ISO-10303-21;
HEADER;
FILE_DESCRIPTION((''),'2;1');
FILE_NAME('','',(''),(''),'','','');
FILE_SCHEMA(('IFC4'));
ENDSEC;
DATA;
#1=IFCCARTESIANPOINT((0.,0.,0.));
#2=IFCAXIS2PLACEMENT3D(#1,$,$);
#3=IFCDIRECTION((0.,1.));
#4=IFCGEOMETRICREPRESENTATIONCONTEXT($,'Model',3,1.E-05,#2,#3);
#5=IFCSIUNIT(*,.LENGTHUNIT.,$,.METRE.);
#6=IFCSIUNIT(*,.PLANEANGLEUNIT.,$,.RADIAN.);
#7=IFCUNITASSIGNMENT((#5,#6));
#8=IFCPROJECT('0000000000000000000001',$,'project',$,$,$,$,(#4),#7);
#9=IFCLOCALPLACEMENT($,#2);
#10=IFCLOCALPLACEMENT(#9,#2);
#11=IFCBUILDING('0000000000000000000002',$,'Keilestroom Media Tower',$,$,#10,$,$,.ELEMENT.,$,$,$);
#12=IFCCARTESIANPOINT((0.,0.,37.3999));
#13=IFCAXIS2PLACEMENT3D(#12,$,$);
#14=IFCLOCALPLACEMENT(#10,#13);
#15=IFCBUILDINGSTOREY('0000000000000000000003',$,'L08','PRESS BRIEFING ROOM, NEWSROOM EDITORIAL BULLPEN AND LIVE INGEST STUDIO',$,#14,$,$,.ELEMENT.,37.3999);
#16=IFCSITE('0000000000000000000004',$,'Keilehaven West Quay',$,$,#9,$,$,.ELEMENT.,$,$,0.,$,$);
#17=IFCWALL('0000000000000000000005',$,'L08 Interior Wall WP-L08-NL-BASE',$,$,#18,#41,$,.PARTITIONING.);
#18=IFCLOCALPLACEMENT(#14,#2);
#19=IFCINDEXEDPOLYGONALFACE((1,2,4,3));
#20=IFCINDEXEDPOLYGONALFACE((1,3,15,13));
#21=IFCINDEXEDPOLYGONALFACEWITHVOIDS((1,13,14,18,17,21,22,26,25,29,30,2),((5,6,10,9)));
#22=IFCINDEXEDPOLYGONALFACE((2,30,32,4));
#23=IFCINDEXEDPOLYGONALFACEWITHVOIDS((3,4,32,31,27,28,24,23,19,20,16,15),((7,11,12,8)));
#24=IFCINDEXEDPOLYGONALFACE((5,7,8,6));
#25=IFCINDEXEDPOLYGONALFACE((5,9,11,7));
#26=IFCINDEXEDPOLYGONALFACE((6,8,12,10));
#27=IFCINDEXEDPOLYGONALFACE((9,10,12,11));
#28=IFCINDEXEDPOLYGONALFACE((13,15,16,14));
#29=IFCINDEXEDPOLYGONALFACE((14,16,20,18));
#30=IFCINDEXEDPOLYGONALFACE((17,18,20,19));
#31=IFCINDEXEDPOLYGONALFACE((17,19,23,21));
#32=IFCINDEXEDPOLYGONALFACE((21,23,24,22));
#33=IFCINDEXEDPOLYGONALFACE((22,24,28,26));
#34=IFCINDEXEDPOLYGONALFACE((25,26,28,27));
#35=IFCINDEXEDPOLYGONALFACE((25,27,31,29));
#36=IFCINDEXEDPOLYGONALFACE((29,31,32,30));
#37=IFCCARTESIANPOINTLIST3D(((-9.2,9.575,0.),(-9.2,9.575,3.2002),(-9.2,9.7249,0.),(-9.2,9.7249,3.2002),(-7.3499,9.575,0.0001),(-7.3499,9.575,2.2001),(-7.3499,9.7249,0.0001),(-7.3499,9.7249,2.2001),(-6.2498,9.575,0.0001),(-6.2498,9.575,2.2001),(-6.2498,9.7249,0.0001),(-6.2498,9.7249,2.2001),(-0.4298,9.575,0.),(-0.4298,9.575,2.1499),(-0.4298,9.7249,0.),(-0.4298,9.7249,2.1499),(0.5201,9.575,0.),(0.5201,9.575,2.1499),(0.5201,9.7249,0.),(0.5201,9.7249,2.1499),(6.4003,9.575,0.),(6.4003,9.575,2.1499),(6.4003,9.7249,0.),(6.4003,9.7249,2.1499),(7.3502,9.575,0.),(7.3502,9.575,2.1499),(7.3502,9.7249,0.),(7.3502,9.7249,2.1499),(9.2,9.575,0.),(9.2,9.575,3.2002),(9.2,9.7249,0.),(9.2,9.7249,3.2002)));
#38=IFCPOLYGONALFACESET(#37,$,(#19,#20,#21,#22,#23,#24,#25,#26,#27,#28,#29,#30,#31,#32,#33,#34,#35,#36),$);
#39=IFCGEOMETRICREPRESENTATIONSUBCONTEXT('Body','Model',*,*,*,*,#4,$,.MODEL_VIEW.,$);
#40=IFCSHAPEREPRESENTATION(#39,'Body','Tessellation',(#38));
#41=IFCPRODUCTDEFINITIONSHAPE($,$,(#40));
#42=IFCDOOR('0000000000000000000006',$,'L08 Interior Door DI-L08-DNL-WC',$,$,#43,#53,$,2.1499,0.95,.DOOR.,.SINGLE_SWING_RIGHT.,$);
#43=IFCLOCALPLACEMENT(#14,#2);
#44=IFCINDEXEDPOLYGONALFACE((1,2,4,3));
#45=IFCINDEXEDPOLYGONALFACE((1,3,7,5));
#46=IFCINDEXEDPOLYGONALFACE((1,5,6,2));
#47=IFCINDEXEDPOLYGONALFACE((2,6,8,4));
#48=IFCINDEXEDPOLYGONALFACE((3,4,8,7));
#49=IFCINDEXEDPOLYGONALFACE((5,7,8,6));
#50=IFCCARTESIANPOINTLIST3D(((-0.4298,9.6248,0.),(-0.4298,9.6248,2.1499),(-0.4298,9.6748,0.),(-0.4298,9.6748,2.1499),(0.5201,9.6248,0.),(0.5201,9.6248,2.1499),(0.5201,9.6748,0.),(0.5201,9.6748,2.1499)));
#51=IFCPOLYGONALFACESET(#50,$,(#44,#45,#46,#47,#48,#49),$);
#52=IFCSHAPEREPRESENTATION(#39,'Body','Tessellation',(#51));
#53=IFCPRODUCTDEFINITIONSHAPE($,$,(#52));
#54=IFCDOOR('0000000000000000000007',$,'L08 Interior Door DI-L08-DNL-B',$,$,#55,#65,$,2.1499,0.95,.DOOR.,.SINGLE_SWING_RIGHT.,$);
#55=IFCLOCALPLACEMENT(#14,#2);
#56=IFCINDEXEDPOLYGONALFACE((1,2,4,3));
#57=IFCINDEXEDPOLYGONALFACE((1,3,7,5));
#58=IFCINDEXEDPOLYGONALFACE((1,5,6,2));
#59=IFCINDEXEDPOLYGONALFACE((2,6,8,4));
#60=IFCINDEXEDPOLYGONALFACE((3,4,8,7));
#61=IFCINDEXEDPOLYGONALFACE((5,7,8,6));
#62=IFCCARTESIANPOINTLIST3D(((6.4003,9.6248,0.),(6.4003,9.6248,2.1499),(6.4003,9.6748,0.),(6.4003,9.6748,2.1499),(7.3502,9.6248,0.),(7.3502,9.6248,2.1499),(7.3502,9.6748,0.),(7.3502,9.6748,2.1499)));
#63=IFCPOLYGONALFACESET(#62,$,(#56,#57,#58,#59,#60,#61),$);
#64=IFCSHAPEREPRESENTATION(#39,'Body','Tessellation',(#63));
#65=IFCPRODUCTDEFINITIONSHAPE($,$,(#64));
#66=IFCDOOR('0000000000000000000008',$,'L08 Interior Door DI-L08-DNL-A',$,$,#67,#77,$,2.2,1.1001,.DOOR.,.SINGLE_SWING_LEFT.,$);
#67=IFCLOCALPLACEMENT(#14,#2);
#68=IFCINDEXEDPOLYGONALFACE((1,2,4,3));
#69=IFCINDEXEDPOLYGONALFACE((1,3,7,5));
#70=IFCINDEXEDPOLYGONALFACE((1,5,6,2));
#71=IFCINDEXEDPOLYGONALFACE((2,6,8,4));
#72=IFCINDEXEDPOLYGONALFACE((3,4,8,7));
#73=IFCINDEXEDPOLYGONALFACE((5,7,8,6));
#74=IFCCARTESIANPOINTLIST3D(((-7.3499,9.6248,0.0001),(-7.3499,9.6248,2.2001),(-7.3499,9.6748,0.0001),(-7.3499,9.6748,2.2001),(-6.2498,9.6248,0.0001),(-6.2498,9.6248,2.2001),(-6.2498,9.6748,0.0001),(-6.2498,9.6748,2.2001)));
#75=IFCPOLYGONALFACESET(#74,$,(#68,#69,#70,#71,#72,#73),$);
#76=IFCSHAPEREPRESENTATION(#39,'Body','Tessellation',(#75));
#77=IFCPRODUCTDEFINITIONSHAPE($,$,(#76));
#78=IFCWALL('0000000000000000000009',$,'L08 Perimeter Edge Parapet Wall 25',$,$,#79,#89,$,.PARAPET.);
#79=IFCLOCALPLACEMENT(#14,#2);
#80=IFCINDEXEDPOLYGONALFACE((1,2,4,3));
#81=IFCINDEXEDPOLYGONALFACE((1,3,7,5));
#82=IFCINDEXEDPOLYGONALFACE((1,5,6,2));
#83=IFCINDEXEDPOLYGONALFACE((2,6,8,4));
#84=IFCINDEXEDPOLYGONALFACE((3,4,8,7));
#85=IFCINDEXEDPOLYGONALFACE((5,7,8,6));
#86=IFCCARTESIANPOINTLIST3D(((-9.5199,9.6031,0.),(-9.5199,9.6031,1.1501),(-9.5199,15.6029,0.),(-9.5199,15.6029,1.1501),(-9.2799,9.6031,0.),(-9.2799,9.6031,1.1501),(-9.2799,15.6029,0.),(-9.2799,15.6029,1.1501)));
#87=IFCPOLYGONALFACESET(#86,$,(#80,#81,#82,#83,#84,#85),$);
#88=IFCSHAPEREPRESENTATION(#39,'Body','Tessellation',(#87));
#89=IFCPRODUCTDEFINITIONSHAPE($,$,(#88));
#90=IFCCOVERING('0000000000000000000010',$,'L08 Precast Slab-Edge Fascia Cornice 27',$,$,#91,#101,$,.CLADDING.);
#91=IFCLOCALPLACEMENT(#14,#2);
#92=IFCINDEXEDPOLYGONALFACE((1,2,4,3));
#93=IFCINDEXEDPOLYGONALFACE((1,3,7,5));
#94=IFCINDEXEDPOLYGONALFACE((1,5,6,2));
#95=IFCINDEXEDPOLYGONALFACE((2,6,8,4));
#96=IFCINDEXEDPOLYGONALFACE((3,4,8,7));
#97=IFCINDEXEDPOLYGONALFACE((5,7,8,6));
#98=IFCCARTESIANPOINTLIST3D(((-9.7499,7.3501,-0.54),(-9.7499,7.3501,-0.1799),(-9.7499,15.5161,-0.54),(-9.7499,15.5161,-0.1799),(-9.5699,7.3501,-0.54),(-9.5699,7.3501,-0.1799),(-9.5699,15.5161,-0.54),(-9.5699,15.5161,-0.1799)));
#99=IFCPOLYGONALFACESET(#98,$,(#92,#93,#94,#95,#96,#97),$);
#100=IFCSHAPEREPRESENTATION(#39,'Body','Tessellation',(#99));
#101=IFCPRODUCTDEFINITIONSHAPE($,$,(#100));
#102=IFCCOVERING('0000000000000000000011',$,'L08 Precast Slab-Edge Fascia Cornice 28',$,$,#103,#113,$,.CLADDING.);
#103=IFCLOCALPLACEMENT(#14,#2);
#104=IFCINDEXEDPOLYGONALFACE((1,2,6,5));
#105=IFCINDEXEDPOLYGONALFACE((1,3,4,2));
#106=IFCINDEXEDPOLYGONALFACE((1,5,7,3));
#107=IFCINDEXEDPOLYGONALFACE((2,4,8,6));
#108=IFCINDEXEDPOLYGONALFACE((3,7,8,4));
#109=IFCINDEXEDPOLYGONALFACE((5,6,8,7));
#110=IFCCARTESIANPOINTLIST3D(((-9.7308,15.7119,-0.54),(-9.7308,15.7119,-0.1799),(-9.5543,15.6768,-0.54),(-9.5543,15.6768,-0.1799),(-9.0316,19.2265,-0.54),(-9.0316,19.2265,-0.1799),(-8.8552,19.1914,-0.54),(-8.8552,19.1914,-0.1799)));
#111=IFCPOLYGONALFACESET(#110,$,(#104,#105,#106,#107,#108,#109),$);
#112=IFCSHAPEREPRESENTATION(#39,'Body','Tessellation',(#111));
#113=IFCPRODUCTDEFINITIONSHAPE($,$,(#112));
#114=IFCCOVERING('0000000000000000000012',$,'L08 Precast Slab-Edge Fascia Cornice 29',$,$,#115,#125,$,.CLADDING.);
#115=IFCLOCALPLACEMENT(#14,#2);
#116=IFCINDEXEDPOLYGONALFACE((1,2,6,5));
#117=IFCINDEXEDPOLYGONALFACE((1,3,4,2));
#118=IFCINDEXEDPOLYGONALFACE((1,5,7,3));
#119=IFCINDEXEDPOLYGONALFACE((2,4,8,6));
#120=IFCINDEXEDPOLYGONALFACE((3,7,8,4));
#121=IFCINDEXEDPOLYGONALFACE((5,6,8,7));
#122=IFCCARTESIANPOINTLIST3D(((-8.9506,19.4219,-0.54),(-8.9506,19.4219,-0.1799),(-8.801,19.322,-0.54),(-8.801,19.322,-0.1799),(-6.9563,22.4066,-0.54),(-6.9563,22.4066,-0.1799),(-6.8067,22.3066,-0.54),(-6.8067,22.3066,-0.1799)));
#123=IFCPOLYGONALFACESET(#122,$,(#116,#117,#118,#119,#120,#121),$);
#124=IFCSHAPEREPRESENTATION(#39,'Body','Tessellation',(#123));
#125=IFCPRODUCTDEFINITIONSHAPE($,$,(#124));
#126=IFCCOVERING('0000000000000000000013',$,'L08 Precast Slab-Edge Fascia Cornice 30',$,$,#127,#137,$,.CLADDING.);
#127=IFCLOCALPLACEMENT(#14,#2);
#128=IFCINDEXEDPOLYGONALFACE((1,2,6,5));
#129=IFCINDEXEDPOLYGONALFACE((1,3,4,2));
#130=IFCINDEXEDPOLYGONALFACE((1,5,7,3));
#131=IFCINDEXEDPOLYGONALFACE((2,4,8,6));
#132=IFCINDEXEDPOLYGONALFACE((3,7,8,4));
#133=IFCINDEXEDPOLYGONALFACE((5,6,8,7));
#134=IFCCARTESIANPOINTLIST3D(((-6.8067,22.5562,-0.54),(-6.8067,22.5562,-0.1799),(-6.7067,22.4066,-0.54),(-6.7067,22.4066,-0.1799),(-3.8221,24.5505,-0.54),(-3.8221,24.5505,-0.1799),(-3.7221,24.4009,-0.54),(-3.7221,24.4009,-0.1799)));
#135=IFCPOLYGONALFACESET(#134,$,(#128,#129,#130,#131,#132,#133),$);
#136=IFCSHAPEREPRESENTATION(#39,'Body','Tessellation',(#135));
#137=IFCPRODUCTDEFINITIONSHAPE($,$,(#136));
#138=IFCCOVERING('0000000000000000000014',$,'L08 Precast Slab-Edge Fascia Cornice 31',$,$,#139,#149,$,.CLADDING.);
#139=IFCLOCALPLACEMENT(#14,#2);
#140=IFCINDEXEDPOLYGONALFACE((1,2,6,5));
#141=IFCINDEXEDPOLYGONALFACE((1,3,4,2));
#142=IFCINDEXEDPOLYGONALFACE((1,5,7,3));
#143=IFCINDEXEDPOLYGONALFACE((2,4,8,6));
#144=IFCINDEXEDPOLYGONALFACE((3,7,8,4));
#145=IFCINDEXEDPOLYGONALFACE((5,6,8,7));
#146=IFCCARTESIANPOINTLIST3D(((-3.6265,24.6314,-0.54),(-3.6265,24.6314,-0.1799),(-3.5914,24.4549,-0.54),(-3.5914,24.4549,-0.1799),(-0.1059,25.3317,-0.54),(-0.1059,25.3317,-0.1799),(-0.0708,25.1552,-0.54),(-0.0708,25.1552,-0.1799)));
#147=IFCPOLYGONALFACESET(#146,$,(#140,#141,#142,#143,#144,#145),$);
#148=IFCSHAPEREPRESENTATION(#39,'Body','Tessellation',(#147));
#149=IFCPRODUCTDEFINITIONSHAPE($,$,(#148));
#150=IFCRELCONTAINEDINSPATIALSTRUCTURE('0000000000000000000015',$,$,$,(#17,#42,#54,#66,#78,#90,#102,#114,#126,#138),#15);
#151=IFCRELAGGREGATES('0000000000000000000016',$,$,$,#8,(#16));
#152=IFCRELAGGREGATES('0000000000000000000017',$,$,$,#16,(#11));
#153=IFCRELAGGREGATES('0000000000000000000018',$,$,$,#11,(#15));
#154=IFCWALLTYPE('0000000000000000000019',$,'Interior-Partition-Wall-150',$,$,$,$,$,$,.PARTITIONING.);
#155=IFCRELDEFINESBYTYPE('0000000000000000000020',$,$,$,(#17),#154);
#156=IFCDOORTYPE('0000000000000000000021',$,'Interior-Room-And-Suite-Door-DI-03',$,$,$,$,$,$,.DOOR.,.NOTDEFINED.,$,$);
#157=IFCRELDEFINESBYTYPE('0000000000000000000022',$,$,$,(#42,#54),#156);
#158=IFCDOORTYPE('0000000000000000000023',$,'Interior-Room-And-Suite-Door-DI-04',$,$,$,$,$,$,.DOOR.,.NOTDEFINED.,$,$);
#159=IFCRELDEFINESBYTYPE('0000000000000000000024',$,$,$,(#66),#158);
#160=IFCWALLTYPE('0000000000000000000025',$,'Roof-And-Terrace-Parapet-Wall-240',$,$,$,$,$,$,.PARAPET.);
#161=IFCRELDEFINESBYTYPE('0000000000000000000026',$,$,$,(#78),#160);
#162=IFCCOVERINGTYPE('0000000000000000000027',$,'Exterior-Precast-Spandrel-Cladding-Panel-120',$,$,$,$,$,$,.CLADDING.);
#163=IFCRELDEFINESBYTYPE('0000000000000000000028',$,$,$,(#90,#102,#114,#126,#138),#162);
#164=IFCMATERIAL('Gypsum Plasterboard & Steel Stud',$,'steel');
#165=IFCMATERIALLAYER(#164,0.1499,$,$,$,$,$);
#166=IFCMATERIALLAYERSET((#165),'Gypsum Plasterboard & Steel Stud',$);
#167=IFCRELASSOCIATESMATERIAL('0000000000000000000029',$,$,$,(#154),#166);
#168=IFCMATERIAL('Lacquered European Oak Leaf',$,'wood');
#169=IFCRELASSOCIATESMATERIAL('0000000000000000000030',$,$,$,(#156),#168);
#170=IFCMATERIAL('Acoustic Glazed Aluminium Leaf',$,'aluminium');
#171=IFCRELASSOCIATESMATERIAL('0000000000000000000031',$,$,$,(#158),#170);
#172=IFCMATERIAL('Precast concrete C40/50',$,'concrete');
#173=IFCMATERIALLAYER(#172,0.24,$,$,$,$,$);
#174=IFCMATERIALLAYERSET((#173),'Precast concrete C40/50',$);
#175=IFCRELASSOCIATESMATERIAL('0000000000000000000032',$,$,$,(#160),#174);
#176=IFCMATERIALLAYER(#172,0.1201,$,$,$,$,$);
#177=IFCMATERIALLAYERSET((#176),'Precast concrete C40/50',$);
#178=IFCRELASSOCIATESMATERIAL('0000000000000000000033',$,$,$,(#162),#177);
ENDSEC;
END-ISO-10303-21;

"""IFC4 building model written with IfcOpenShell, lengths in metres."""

from ifc_helpers import new_model, si_unit, direction, frame, frame_2d, origin, origin_2d, place, context, subcontext, project, spatial, rectangle, extrude, source, transform, mapped, material, layer, layer_set, type_object, element, fill, save


model = new_model("IFC4")

# Units and contexts
model_context = context("Model", 3, precision=1e-05, world=origin(), true_north=direction((0.0, 1.0)))
body_context = subcontext(model_context, "Body", "Model", "MODEL_VIEW")
ifc_project = project(units=[si_unit("LENGTHUNIT", "METRE"), si_unit("PLANEANGLEUNIT", "RADIAN")], contexts=[model_context])

# Site, building, storey
site_placement = place(None, origin())
site = spatial("IfcSite", under=ifc_project, at=site_placement, Name="Keilehaven West Quay", CompositionType="ELEMENT", RefElevation=0.0)
building_placement = place(site_placement, origin())
building = spatial("IfcBuilding", under=site, at=building_placement, Name="Keilestroom Media Tower", CompositionType="ELEMENT")
storey_placement = place(building_placement, frame((0.0, 0.0, 37.3999)))
storey = spatial("IfcBuildingStorey", under=building, at=storey_placement, Name="L08", Description="PRESS BRIEFING ROOM, NEWSROOM EDITORIAL BULLPEN AND LIVE INGEST STUDIO", CompositionType="ELEMENT", Elevation=37.3999)

# Shared definitions
ifc_material_1 = material(Name="Precast concrete C40/50", Category="concrete")
ifc_material_2 = material(Name="Gypsum Plasterboard & Steel Stud", Category="steel")

# Wall, openings, doors
ifc_layer_1 = layer(ifc_material_2, 0.1499)
ifc_layer_set_1 = layer_set([ifc_layer_1], Name="Gypsum Plasterboard & Steel Stud")
wall_type_1 = type_object("IfcWallType", Name="Interior-Partition-Wall-150", PredefinedType="PARTITIONING", material=ifc_layer_set_1)
wall_1_placement = place(storey_placement, frame((-9.2, 9.6499, 0.0), z_axis=(0.0, 0.0, 1.0), x_axis=(1.0, 0.0, 0.0)))
wall_1 = element("IfcWall", 1, at=wall_1_placement, inside=storey, type_object=wall_type_1, Name="L08 Interior Wall WP-L08-NL-BASE", PredefinedType="PARTITIONING", context=body_context, shape_type="SweptSolid", body=[
    extrude(rectangle(XDim=18.3999, YDim=0.1499, at=frame_2d((9.2, 0.0))), origin(), (0.0, 0.0, 1.0), 3.2002),
])
opening_1_placement = place(wall_1_placement, frame((8.77, 0.0, 0.0)))
opening_1 = element("IfcOpeningElement", 2, at=opening_1_placement, cuts=wall_1, PredefinedType="OPENING", context=body_context, shape_type="SweptSolid", body=[
    extrude(rectangle(XDim=0.95, YDim=2.1499, at=frame_2d((0.4751, 1.075))), frame((0.0, 0.085, 0.0), z_axis=(0.0, -1.0, 0.0), x_axis=(1.0, 0.0, 0.0)), (0.0, 0.0, 1.0), 0.1699),
])
opening_2_placement = place(wall_1_placement, frame((1.8501, 0.0, 0.0)))
opening_2 = element("IfcOpeningElement", 3, at=opening_2_placement, cuts=wall_1, PredefinedType="OPENING", context=body_context, shape_type="SweptSolid", body=[
    extrude(rectangle(XDim=1.1001, YDim=2.2, at=frame_2d((0.55, 1.1001))), frame((0.0, 0.085, 0.0), z_axis=(0.0, -1.0, 0.0), x_axis=(1.0, 0.0, 0.0)), (0.0, 0.0, 1.0), 0.1699),
])
opening_3_placement = place(wall_1_placement, frame((15.6001, 0.0, 0.0)))
opening_3 = element("IfcOpeningElement", 4, at=opening_3_placement, cuts=wall_1, PredefinedType="OPENING", context=body_context, shape_type="SweptSolid", body=[
    extrude(rectangle(XDim=0.95, YDim=2.1499, at=frame_2d((0.4751, 1.075))), frame((0.0, 0.085, 0.0), z_axis=(0.0, -1.0, 0.0), x_axis=(1.0, 0.0, 0.0)), (0.0, 0.0, 1.0), 0.1699),
])
ifc_material_3 = material(Name="Lacquered European Oak Leaf", Category="wood")
door_type_1 = type_object("IfcDoorType", Name="Interior-Room-And-Suite-Door-DI-03", OperationType="NOTDEFINED", PredefinedType="DOOR", material=ifc_material_3)
shared_shape_1 = source(origin(), body_context, "Body", "SweptSolid", [
    extrude(rectangle(XDim=0.95, YDim=2.1499, at=frame_2d((0.4751, 1.075))), frame((0.0, 0.0249, 0.0), z_axis=(0.0, -1.0, 0.0), x_axis=(1.0, 0.0, 0.0)), (0.0, 0.0, 1.0), 0.05),
])
door_1_placement = place(opening_1_placement, origin())
door_1 = element("IfcDoor", 5, at=door_1_placement, inside=storey, type_object=door_type_1, Name="L08 Interior Door DI-L08-DNL-WC", OperationType="SINGLE_SWING_RIGHT", OverallHeight=2.1499, OverallWidth=0.95, PredefinedType="DOOR", context=body_context, shape_type="MappedRepresentation", body=[
    mapped(shared_shape_1, transform((0.0, 0.0, 0.0), x_axis=(1.0, 0.0, 0.0), y_axis=(0.0, 1.0, 0.0), z_axis=(0.0, 0.0, 1.0), scale=1.0)),
])
fill(opening_1, door_1)
door_2_placement = place(opening_3_placement, origin())
door_2 = element("IfcDoor", 6, at=door_2_placement, inside=storey, type_object=door_type_1, Name="L08 Interior Door DI-L08-DNL-B", OperationType="SINGLE_SWING_RIGHT", OverallHeight=2.1499, OverallWidth=0.95, PredefinedType="DOOR", context=body_context, shape_type="MappedRepresentation", body=[
    mapped(shared_shape_1, transform((0.0, 0.0, 0.0), x_axis=(1.0, 0.0, 0.0), y_axis=(0.0, 1.0, 0.0), z_axis=(0.0, 0.0, 1.0), scale=1.0)),
])
fill(opening_3, door_2)
ifc_material_4 = material(Name="Acoustic Glazed Aluminium Leaf", Category="aluminium")
door_type_2 = type_object("IfcDoorType", Name="Interior-Room-And-Suite-Door-DI-04", OperationType="NOTDEFINED", PredefinedType="DOOR", material=ifc_material_4)
shared_shape_2 = source(origin(), body_context, "Body", "SweptSolid", [
    extrude(rectangle(XDim=1.1001, YDim=2.2, at=frame_2d((0.55, 1.1001))), frame((0.0, 0.0249, 0.0), z_axis=(0.0, -1.0, 0.0), x_axis=(1.0, 0.0, 0.0)), (0.0, 0.0, 1.0), 0.05),
])
door_3_placement = place(opening_2_placement, origin())
door_3 = element("IfcDoor", 7, at=door_3_placement, inside=storey, type_object=door_type_2, Name="L08 Interior Door DI-L08-DNL-A", OperationType="SINGLE_SWING_LEFT", OverallHeight=2.2, OverallWidth=1.1001, PredefinedType="DOOR", context=body_context, shape_type="MappedRepresentation", body=[
    mapped(shared_shape_2, transform((0.0, 0.0, 0.0), x_axis=(1.0, 0.0, 0.0), y_axis=(0.0, 1.0, 0.0), z_axis=(0.0, 0.0, 1.0), scale=1.0)),
])
fill(opening_2, door_3)

# Wall
ifc_layer_2 = layer(ifc_material_1, 0.24)
ifc_layer_set_2 = layer_set([ifc_layer_2], Name="Precast concrete C40/50")
wall_type_2 = type_object("IfcWallType", Name="Roof-And-Terrace-Parapet-Wall-240", PredefinedType="PARAPET", material=ifc_layer_set_2)
wall_2_placement = place(storey_placement, frame((-9.3999, 9.603, 0.0), z_axis=(0.0, 0.0, 1.0), x_axis=(0.0, 1.0, 0.0)))
element("IfcWall", 8, at=wall_2_placement, inside=storey, type_object=wall_type_2, Name="L08 Perimeter Edge Parapet Wall 25", PredefinedType="PARAPET", context=body_context, shape_type="SweptSolid", body=[
    extrude(rectangle(XDim=5.9998, YDim=0.24, at=frame_2d((3.0, 0.0))), origin(), (0.0, 0.0, 1.0), 1.1501),
])

# Coverings
ifc_layer_3 = layer(ifc_material_1, 0.1201)
ifc_layer_set_3 = layer_set([ifc_layer_3], Name="Precast concrete C40/50")
covering_type = type_object("IfcCoveringType", Name="Exterior-Precast-Spandrel-Cladding-Panel-120", PredefinedType="CLADDING", material=ifc_layer_set_3)
shared_shape_3 = source(origin(), body_context, "Body", "SweptSolid", [
    extrude(rectangle(XDim=8.166, YDim=0.1799, at=origin_2d()), origin(), (0.0, 0.0, 1.0), 0.3601),
])
covering_1_placement = place(storey_placement, frame((-9.6599, 11.4331, -0.54), z_axis=(0.0, 0.0, 1.0), x_axis=(0.0, 1.0, 0.0)))
element("IfcCovering", 9, at=covering_1_placement, inside=storey, type_object=covering_type, Name="L08 Precast Slab-Edge Fascia Cornice 27", PredefinedType="CLADDING", context=body_context, shape_type="MappedRepresentation", body=[
    mapped(shared_shape_3, transform((0.0, 0.0, 0.0), x_axis=(1.0, 0.0, 0.0), y_axis=(0.0, 1.0, 0.0), z_axis=(0.0, 0.0, 1.0), scale=1.0)),
])
shared_shape_4 = source(origin(), body_context, "Body", "SweptSolid", [
    extrude(rectangle(XDim=3.5835, YDim=0.1799, at=origin_2d()), origin(), (0.0, 0.0, 1.0), 0.3601),
])
covering_2_placement = place(storey_placement, frame((-9.293, 17.4517, -0.54), z_axis=(0.0, 0.0, 1.0), x_axis=(0.195099, 0.980784, 0.0)))
element("IfcCovering", 10, at=covering_2_placement, inside=storey, type_object=covering_type, Name="L08 Precast Slab-Edge Fascia Cornice 28", PredefinedType="CLADDING", context=body_context, shape_type="MappedRepresentation", body=[
    mapped(shared_shape_4, transform((0.0, 0.0, 0.0), x_axis=(1.0, 0.0, 0.0), y_axis=(0.0, 1.0, 0.0), z_axis=(0.0, 0.0, 1.0), scale=1.0)),
])
shared_shape_5 = source(origin(), body_context, "Body", "SweptSolid", [
    extrude(rectangle(XDim=3.5896, YDim=0.1799, at=origin_2d()), origin(), (0.0, 0.0, 1.0), 0.3601),
])
for number, where, z_axis, x_axis, name in (
    (11, (-7.8787, 20.8643, -0.54), (0.0, 0.0, 1.0), (0.555575, 0.831467, 0.0), "L08 Precast Slab-Edge Fascia Cornice 29"),
    (12, (-5.2644, 23.4785, -0.54), (0.0, 0.0, 1.0), (0.831467, 0.555575, 0.0), "L08 Precast Slab-Edge Fascia Cornice 30"),
    (13, (-1.8486, 24.8933, -0.54), (0.0, 0.0, 1.0), (0.980784, 0.195099, 0.0), "L08 Precast Slab-Edge Fascia Cornice 31"),
):
    element("IfcCovering", number, at=place(storey_placement, frame(where, z_axis=z_axis, x_axis=x_axis)), inside=storey, type_object=covering_type, Name=name, PredefinedType="CLADDING", context=body_context, shape_type="MappedRepresentation", body=[
        mapped(shared_shape_5, transform((0.0, 0.0, 0.0), x_axis=(1.0, 0.0, 0.0), y_axis=(0.0, 1.0, 0.0), z_axis=(0.0, 0.0, 1.0), scale=1.0)),
    ])

save(model, "model.ifc")
